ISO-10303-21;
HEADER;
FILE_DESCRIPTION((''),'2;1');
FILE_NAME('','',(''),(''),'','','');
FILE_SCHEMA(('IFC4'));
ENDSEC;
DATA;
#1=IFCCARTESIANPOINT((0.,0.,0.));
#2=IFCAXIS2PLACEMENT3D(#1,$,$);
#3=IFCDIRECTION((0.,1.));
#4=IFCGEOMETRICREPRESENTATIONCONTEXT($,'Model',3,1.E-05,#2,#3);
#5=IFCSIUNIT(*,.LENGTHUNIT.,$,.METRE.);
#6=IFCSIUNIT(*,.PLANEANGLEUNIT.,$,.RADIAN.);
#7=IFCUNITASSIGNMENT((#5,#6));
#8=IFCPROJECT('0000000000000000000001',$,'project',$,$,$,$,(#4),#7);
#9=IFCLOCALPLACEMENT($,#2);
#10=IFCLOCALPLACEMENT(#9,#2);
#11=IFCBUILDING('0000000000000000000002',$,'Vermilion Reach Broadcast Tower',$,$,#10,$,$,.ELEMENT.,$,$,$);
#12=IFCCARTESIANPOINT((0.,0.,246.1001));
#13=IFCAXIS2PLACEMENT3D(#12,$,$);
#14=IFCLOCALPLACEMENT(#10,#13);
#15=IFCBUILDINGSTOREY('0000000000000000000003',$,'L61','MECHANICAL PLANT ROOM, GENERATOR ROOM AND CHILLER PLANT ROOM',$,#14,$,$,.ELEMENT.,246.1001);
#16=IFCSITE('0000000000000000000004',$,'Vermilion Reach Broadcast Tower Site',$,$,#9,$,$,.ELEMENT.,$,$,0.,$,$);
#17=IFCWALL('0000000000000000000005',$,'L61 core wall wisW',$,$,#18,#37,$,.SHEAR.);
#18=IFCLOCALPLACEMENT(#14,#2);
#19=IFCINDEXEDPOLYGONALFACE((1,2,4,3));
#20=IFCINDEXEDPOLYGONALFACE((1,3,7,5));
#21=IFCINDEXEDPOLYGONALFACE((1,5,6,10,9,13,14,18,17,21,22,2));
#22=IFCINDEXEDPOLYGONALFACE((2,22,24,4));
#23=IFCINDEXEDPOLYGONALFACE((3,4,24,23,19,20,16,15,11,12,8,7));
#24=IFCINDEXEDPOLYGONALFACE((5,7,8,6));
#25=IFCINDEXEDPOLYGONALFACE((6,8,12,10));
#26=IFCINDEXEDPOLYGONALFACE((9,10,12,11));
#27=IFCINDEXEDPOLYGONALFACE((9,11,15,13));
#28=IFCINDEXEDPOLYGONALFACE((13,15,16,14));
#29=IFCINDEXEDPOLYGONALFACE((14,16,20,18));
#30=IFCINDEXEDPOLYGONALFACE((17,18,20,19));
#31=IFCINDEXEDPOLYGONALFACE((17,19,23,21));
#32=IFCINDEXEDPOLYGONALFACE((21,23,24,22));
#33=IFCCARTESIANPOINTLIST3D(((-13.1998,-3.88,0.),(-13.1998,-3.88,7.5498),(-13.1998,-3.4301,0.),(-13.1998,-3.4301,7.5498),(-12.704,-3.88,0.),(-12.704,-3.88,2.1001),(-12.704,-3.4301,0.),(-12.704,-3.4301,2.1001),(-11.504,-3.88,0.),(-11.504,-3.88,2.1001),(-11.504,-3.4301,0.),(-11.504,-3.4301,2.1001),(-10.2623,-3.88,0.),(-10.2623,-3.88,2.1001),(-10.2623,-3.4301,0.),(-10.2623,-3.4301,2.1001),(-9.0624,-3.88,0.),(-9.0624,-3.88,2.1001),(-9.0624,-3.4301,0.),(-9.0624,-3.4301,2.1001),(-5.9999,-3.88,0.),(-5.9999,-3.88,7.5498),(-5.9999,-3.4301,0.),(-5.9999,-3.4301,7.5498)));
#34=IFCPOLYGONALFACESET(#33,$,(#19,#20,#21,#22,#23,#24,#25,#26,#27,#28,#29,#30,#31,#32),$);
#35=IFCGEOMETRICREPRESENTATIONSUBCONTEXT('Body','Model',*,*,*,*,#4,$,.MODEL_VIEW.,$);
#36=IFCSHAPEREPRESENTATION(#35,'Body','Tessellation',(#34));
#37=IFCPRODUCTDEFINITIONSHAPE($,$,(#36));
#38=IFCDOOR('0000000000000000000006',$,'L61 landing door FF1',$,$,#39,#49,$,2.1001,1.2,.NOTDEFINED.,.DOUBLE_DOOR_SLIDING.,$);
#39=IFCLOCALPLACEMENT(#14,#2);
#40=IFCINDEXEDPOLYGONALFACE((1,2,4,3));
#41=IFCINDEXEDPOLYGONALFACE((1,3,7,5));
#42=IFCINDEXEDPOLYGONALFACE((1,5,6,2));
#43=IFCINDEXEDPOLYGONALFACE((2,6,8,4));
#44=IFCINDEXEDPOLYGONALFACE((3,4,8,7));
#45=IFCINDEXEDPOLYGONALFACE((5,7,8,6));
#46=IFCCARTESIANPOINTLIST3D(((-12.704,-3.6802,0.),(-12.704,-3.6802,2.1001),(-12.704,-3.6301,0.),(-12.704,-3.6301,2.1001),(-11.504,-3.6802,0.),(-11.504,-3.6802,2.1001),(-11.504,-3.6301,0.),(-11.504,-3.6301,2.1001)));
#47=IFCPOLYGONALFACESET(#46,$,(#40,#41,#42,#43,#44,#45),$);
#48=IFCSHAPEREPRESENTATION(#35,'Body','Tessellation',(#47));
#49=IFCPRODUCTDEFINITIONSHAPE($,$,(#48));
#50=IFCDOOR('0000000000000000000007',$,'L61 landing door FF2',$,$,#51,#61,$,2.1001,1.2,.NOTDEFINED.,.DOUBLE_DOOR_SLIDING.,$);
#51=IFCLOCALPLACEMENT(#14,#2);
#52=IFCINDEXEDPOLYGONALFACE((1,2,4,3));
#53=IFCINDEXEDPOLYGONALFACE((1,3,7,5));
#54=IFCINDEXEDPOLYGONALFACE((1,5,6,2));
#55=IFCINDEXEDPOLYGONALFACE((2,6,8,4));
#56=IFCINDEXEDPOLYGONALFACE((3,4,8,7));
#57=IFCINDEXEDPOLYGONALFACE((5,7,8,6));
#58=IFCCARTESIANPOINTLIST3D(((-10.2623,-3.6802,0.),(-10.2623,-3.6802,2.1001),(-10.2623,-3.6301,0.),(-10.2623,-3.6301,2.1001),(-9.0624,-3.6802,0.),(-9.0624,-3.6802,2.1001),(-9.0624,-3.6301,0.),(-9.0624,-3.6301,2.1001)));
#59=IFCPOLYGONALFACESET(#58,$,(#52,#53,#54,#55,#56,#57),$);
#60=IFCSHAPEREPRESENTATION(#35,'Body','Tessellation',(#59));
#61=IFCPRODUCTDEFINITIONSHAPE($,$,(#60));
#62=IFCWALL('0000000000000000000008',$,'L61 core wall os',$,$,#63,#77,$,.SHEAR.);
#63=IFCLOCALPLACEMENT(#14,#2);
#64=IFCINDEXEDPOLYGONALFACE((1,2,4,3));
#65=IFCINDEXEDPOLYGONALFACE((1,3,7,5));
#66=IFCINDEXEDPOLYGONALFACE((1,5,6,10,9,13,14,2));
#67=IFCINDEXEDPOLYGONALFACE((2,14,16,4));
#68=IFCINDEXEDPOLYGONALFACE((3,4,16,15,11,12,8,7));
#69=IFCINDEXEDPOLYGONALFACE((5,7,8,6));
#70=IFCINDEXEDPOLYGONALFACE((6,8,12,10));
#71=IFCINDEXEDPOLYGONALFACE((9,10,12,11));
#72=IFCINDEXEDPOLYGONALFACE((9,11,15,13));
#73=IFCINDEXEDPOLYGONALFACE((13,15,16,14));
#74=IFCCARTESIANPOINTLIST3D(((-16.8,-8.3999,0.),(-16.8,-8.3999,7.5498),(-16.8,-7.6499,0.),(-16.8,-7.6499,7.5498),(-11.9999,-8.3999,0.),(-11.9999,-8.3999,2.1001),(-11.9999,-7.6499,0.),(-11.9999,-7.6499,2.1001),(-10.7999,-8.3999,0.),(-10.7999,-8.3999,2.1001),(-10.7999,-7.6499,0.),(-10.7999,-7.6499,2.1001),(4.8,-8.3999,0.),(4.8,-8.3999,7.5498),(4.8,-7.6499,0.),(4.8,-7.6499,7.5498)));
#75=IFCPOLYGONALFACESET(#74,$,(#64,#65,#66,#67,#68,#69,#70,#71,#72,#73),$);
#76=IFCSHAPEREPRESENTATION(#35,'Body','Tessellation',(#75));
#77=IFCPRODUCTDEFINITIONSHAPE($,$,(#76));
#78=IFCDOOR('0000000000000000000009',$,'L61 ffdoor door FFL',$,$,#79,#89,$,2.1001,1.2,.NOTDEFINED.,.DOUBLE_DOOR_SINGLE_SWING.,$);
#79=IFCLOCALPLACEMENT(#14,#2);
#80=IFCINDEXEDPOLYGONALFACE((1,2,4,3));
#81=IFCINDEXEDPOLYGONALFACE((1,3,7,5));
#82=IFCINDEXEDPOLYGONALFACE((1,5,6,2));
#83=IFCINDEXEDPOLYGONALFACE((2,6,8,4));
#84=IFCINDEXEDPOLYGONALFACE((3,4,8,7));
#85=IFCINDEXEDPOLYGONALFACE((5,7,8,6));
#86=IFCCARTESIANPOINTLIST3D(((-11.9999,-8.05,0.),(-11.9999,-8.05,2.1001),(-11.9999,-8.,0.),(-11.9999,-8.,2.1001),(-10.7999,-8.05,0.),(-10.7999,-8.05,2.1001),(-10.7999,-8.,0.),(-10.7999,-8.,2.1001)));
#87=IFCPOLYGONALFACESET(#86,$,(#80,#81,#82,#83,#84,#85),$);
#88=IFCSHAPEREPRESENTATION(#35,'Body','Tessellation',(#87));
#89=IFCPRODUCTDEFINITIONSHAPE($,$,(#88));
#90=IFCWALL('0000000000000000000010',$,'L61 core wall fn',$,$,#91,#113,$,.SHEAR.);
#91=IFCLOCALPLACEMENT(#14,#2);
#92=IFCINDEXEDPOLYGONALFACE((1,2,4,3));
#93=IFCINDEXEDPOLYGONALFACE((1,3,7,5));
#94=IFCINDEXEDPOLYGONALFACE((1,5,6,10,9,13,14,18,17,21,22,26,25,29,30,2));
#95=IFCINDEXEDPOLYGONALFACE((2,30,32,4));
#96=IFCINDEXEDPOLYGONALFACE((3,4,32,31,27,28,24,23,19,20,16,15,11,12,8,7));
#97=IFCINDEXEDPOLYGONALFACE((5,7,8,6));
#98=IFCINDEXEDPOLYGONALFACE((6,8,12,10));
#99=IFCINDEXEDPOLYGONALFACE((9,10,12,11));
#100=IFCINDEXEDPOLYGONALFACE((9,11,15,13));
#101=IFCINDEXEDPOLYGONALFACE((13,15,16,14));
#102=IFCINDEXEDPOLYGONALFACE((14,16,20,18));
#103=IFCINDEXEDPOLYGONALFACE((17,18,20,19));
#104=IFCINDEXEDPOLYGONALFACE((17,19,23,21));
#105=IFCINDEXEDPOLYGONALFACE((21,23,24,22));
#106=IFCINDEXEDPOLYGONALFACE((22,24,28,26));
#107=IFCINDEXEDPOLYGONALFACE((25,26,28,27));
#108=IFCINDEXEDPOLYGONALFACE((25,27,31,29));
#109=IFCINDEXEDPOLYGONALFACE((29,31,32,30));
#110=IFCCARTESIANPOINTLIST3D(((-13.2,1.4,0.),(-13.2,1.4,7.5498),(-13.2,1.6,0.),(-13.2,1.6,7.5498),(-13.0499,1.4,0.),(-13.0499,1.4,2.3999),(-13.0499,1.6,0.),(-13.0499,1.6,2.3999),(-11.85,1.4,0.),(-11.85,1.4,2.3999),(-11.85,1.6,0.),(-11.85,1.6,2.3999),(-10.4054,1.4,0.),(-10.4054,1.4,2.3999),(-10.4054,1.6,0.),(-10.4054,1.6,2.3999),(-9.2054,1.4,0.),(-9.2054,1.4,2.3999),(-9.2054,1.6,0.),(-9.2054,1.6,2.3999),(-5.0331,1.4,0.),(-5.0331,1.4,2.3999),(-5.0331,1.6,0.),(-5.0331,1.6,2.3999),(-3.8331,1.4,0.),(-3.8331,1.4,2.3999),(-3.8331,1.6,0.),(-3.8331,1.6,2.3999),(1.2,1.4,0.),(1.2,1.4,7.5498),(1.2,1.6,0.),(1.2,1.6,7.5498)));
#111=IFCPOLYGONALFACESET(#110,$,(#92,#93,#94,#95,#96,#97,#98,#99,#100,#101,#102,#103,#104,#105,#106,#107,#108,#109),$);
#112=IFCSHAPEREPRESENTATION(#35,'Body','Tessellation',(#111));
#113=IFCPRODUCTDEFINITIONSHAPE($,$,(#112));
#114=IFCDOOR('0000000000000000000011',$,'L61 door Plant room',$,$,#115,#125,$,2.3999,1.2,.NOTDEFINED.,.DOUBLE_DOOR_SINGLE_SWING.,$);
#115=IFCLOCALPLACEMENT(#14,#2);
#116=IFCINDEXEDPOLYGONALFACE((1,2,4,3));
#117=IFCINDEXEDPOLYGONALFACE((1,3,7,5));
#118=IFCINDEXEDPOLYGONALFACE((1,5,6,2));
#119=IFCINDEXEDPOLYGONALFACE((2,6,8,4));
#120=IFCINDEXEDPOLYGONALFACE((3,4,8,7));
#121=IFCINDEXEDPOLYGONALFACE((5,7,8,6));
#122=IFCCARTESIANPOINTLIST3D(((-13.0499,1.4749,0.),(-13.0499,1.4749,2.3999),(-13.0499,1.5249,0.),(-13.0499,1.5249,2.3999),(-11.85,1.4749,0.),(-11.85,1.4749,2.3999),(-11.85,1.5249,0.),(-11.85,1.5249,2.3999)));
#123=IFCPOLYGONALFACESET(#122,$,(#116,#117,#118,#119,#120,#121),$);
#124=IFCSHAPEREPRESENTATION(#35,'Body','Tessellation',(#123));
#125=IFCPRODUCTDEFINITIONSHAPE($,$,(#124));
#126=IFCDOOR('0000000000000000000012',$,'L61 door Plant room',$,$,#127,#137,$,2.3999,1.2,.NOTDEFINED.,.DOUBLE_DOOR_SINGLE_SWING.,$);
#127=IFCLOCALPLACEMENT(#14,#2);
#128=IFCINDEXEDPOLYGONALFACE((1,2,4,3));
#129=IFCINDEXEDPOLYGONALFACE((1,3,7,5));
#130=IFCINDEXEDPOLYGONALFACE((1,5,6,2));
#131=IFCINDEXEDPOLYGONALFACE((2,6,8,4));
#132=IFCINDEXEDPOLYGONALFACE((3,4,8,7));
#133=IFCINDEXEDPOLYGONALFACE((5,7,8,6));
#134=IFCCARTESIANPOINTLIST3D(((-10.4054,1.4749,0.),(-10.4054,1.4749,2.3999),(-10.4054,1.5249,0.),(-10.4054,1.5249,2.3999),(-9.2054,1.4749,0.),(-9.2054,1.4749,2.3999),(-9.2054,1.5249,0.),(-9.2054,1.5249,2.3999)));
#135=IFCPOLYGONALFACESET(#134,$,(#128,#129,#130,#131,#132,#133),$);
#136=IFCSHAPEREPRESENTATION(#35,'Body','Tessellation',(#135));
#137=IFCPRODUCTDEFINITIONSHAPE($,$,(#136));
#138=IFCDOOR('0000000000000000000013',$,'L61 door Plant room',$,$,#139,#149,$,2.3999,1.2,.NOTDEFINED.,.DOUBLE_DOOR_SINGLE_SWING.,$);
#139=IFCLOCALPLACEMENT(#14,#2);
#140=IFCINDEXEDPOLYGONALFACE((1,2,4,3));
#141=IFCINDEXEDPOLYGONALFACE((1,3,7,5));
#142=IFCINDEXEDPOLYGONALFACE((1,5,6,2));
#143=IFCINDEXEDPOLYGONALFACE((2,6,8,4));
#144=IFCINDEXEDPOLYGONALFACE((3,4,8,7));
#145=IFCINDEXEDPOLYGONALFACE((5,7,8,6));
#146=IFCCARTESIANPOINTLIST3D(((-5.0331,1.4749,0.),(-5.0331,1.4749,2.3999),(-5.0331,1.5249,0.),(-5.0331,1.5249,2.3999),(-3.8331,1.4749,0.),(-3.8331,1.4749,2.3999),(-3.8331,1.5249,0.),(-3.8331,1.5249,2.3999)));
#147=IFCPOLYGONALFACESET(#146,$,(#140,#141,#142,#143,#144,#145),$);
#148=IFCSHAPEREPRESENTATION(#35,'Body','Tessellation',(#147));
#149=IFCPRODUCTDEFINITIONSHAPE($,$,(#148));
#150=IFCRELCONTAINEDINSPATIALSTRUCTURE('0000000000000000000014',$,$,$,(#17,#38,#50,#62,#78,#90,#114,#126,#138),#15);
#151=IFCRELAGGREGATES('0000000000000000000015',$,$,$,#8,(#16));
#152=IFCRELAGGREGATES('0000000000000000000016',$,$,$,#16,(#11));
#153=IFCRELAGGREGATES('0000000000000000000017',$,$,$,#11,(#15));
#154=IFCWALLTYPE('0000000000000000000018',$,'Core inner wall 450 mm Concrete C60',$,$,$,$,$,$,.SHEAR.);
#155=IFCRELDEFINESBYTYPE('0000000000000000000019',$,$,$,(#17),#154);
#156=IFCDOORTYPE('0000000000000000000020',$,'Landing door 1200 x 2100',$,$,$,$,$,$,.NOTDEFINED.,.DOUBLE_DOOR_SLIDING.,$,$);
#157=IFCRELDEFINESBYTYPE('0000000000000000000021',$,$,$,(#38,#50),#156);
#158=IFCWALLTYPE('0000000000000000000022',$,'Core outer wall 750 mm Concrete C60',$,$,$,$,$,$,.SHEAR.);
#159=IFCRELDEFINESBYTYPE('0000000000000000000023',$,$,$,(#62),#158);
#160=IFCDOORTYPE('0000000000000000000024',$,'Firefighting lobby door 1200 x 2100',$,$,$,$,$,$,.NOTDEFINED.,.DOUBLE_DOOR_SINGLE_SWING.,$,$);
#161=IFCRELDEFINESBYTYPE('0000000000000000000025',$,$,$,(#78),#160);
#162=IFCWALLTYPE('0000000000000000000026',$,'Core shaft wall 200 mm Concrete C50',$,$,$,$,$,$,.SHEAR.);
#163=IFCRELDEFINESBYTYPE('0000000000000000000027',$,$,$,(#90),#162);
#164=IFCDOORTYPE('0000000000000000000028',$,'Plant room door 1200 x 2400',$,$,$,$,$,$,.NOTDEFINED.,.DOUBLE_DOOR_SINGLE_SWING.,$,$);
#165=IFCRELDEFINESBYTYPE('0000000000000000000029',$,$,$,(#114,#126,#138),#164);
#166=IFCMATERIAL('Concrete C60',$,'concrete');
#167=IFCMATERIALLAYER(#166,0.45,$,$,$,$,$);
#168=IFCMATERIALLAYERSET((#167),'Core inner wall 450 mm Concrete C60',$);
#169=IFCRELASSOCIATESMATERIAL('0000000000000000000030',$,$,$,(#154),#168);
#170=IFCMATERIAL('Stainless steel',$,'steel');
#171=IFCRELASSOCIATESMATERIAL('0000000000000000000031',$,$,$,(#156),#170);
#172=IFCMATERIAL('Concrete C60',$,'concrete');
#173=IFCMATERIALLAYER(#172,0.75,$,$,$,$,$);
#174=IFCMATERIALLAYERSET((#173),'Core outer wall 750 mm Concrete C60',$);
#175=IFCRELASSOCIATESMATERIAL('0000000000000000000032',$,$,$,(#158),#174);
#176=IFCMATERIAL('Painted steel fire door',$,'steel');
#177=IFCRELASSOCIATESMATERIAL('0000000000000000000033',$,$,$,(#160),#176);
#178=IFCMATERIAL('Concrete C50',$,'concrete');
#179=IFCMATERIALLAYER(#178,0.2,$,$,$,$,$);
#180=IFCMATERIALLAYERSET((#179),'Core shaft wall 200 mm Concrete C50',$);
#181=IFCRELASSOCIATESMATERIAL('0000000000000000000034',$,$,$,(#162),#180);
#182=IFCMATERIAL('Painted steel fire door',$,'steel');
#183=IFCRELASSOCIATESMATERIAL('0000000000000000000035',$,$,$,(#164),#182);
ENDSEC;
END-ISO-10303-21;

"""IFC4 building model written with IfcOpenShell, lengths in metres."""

from ifc_helpers import new_model, si_unit, direction, frame, frame_2d, origin, place, context, subcontext, project, spatial, rectangle, extrude, material, layer, layer_set, type_object, element, fill, save


model = new_model("IFC4")

# Units and contexts
model_context = context("Model", 3, precision=1e-05, world=origin(), true_north=direction((0.0, 1.0)))
body_context = subcontext(model_context, "Body", "Model", "MODEL_VIEW")
ifc_project = project(units=[si_unit("LENGTHUNIT", "METRE"), si_unit("PLANEANGLEUNIT", "RADIAN")], contexts=[model_context])

# Site, building, storey
site_placement = place(None, origin())
site = spatial("IfcSite", under=ifc_project, at=site_placement, Name="Vermilion Reach Broadcast Tower Site", CompositionType="ELEMENT", RefElevation=0.0)
building_placement = place(site_placement, origin())
building = spatial("IfcBuilding", under=site, at=building_placement, Name="Vermilion Reach Broadcast Tower", CompositionType="ELEMENT")
storey_placement = place(building_placement, frame((0.0, 0.0, 246.1001)))
storey = spatial("IfcBuildingStorey", under=building, at=storey_placement, Name="L61", Description="MECHANICAL PLANT ROOM, GENERATOR ROOM AND CHILLER PLANT ROOM", CompositionType="ELEMENT", Elevation=246.1001)

# Wall, openings, doors
ifc_material_1 = material(Name="Concrete C60", Category="concrete")
ifc_layer_1 = layer(ifc_material_1, 0.45)
ifc_layer_set_1 = layer_set([ifc_layer_1], Name="Core inner wall 450 mm Concrete C60")
wall_type_1 = type_object("IfcWallType", Name="Core inner wall 450 mm Concrete C60", PredefinedType="SHEAR", material=ifc_layer_set_1)
wall_1_placement = place(storey_placement, frame((-13.2, -3.655, 0.0), z_axis=(0.0, 0.0, 1.0), x_axis=(1.0, 0.0, 0.0)))
wall_1 = element("IfcWall", 1, at=wall_1_placement, inside=storey, type_object=wall_type_1, Name="L61 core wall wisW", PredefinedType="SHEAR", context=body_context, shape_type="SweptSolid", body=[
    extrude(rectangle(XDim=7.2, YDim=0.45, at=frame_2d((3.6001, 0.0))), origin(), (0.0, 0.0, 1.0), 7.5498),
])
opening_1_placement = place(wall_1_placement, frame((0.4958, 0.0, 0.0)))
opening_1 = element("IfcOpeningElement", 2, at=opening_1_placement, cuts=wall_1, PredefinedType="OPENING", context=body_context, shape_type="SweptSolid", body=[
    extrude(rectangle(XDim=1.2, YDim=2.1001, at=frame_2d((0.6001, 1.05))), frame((0.0, 0.2349, 0.0), z_axis=(0.0, -1.0, 0.0), x_axis=(1.0, 0.0, 0.0)), (0.0, 0.0, 1.0), 0.47),
])
opening_2_placement = place(wall_1_placement, frame((2.9375, 0.0, 0.0)))
opening_2 = element("IfcOpeningElement", 3, at=opening_2_placement, cuts=wall_1, PredefinedType="OPENING", context=body_context, shape_type="SweptSolid", body=[
    extrude(rectangle(XDim=1.2, YDim=2.1001, at=frame_2d((0.6001, 1.05))), frame((0.0, 0.2349, 0.0), z_axis=(0.0, -1.0, 0.0), x_axis=(1.0, 0.0, 0.0)), (0.0, 0.0, 1.0), 0.47),
])
ifc_material_2 = material(Name="Stainless steel", Category="steel")
door_type_1 = type_object("IfcDoorType", Name="Landing door 1200 x 2100", OperationType="DOUBLE_DOOR_SLIDING", PredefinedType="NOTDEFINED", material=ifc_material_2)
door_1_placement = place(opening_1_placement, origin())
door_1 = element("IfcDoor", 4, at=door_1_placement, inside=storey, type_object=door_type_1, Name="L61 landing door FF1", OperationType="DOUBLE_DOOR_SLIDING", OverallHeight=2.1001, OverallWidth=1.2, PredefinedType="NOTDEFINED", context=body_context, shape_type="SweptSolid", body=[
    extrude(rectangle(XDim=1.2, YDim=2.1001, at=frame_2d((0.6001, 1.05))), frame((0.0, 0.0249, 0.0), z_axis=(0.0, -1.0, 0.0), x_axis=(1.0, 0.0, 0.0)), (0.0, 0.0, 1.0), 0.05),
])
fill(opening_1, door_1)
door_2_placement = place(opening_2_placement, origin())
door_2 = element("IfcDoor", 5, at=door_2_placement, inside=storey, type_object=door_type_1, Name="L61 landing door FF2", OperationType="DOUBLE_DOOR_SLIDING", OverallHeight=2.1001, OverallWidth=1.2, PredefinedType="NOTDEFINED", context=body_context, shape_type="SweptSolid", body=[
    extrude(rectangle(XDim=1.2, YDim=2.1001, at=frame_2d((0.6001, 1.05))), frame((0.0, 0.0249, 0.0), z_axis=(0.0, -1.0, 0.0), x_axis=(1.0, 0.0, 0.0)), (0.0, 0.0, 1.0), 0.05),
])
fill(opening_2, door_2)

# Wall, opening, door
ifc_material_3 = material(Name="Concrete C60", Category="concrete")
ifc_layer_2 = layer(ifc_material_3, 0.75)
ifc_layer_set_2 = layer_set([ifc_layer_2], Name="Core outer wall 750 mm Concrete C60")
wall_type_2 = type_object("IfcWallType", Name="Core outer wall 750 mm Concrete C60", PredefinedType="SHEAR", material=ifc_layer_set_2)
wall_2_placement = place(storey_placement, frame((-16.8, -8.0249, 0.0), z_axis=(0.0, 0.0, 1.0), x_axis=(1.0, 0.0, 0.0)))
wall_2 = element("IfcWall", 6, at=wall_2_placement, inside=storey, type_object=wall_type_2, Name="L61 core wall os", PredefinedType="SHEAR", context=body_context, shape_type="SweptSolid", body=[
    extrude(rectangle(XDim=21.6001, YDim=0.75, at=frame_2d((10.8, 0.0))), origin(), (0.0, 0.0, 1.0), 7.5498),
])
opening_3_placement = place(wall_2_placement, frame((4.8, 0.0, 0.0)))
opening_3 = element("IfcOpeningElement", 7, at=opening_3_placement, cuts=wall_2, PredefinedType="OPENING", context=body_context, shape_type="SweptSolid", body=[
    extrude(rectangle(XDim=1.2, YDim=2.1001, at=frame_2d((0.6001, 1.05))), frame((0.0, 0.385, 0.0), z_axis=(0.0, -1.0, 0.0), x_axis=(1.0, 0.0, 0.0)), (0.0, 0.0, 1.0), 0.77),
])
ifc_material_4 = material(Name="Painted steel fire door", Category="steel")
door_type_2 = type_object("IfcDoorType", Name="Firefighting lobby door 1200 x 2100", OperationType="DOUBLE_DOOR_SINGLE_SWING", PredefinedType="NOTDEFINED", material=ifc_material_4)
door_3_placement = place(opening_3_placement, origin())
door_3 = element("IfcDoor", 8, at=door_3_placement, inside=storey, type_object=door_type_2, Name="L61 ffdoor door FFL", OperationType="DOUBLE_DOOR_SINGLE_SWING", OverallHeight=2.1001, OverallWidth=1.2, PredefinedType="NOTDEFINED", context=body_context, shape_type="SweptSolid", body=[
    extrude(rectangle(XDim=1.2, YDim=2.1001, at=frame_2d((0.6001, 1.05))), frame((0.0, 0.0249, 0.0), z_axis=(0.0, -1.0, 0.0), x_axis=(1.0, 0.0, 0.0)), (0.0, 0.0, 1.0), 0.05),
])
fill(opening_3, door_3)

# Wall, openings, doors
ifc_material_5 = material(Name="Concrete C50", Category="concrete")
ifc_layer_3 = layer(ifc_material_5, 0.2)
ifc_layer_set_3 = layer_set([ifc_layer_3], Name="Core shaft wall 200 mm Concrete C50")
wall_type_3 = type_object("IfcWallType", Name="Core shaft wall 200 mm Concrete C50", PredefinedType="SHEAR", material=ifc_layer_set_3)
wall_3_placement = place(storey_placement, frame((-13.2, 1.5, 0.0), z_axis=(0.0, 0.0, 1.0), x_axis=(1.0, 0.0, 0.0)))
wall_3 = element("IfcWall", 9, at=wall_3_placement, inside=storey, type_object=wall_type_3, Name="L61 core wall fn", PredefinedType="SHEAR", context=body_context, shape_type="SweptSolid", body=[
    extrude(rectangle(XDim=14.3999, YDim=0.2, at=frame_2d((7.2, 0.0))), origin(), (0.0, 0.0, 1.0), 7.5498),
])
opening_4_placement = place(wall_3_placement, frame((0.1499, 0.0, 0.0)))
opening_4 = element("IfcOpeningElement", 10, at=opening_4_placement, cuts=wall_3, PredefinedType="OPENING", context=body_context, shape_type="SweptSolid", body=[
    extrude(rectangle(XDim=1.2, YDim=2.3999, at=frame_2d((0.6001, 1.2))), frame((0.0, 0.1099, 0.0), z_axis=(0.0, -1.0, 0.0), x_axis=(1.0, 0.0, 0.0)), (0.0, 0.0, 1.0), 0.22),
])
opening_5_placement = place(wall_3_placement, frame((2.7944, 0.0, 0.0)))
opening_5 = element("IfcOpeningElement", 11, at=opening_5_placement, cuts=wall_3, PredefinedType="OPENING", context=body_context, shape_type="SweptSolid", body=[
    extrude(rectangle(XDim=1.2, YDim=2.3999, at=frame_2d((0.6001, 1.2))), frame((0.0, 0.1099, 0.0), z_axis=(0.0, -1.0, 0.0), x_axis=(1.0, 0.0, 0.0)), (0.0, 0.0, 1.0), 0.22),
])
opening_6_placement = place(wall_3_placement, frame((8.1667, 0.0, 0.0)))
opening_6 = element("IfcOpeningElement", 12, at=opening_6_placement, cuts=wall_3, PredefinedType="OPENING", context=body_context, shape_type="SweptSolid", body=[
    extrude(rectangle(XDim=1.2, YDim=2.3999, at=frame_2d((0.6001, 1.2))), frame((0.0, 0.1099, 0.0), z_axis=(0.0, -1.0, 0.0), x_axis=(1.0, 0.0, 0.0)), (0.0, 0.0, 1.0), 0.22),
])
ifc_material_6 = material(Name="Painted steel fire door", Category="steel")
door_type_3 = type_object("IfcDoorType", Name="Plant room door 1200 x 2400", OperationType="DOUBLE_DOOR_SINGLE_SWING", PredefinedType="NOTDEFINED", material=ifc_material_6)
door_4_placement = place(opening_4_placement, origin())
door_4 = element("IfcDoor", 13, at=door_4_placement, inside=storey, type_object=door_type_3, Name="L61 door Plant room", OperationType="DOUBLE_DOOR_SINGLE_SWING", OverallHeight=2.3999, OverallWidth=1.2, PredefinedType="NOTDEFINED", context=body_context, shape_type="SweptSolid", body=[
    extrude(rectangle(XDim=1.2, YDim=2.3999, at=frame_2d((0.6001, 1.2))), frame((0.0, 0.0249, 0.0), z_axis=(0.0, -1.0, 0.0), x_axis=(1.0, 0.0, 0.0)), (0.0, 0.0, 1.0), 0.05),
])
fill(opening_4, door_4)
door_5_placement = place(opening_5_placement, origin())
door_5 = element("IfcDoor", 14, at=door_5_placement, inside=storey, type_object=door_type_3, Name="L61 door Plant room", OperationType="DOUBLE_DOOR_SINGLE_SWING", OverallHeight=2.3999, OverallWidth=1.2, PredefinedType="NOTDEFINED", context=body_context, shape_type="SweptSolid", body=[
    extrude(rectangle(XDim=1.2, YDim=2.3999, at=frame_2d((0.6001, 1.2))), frame((0.0, 0.0249, 0.0), z_axis=(0.0, -1.0, 0.0), x_axis=(1.0, 0.0, 0.0)), (0.0, 0.0, 1.0), 0.05),
])
fill(opening_5, door_5)
door_6_placement = place(opening_6_placement, origin())
door_6 = element("IfcDoor", 15, at=door_6_placement, inside=storey, type_object=door_type_3, Name="L61 door Plant room", OperationType="DOUBLE_DOOR_SINGLE_SWING", OverallHeight=2.3999, OverallWidth=1.2, PredefinedType="NOTDEFINED", context=body_context, shape_type="SweptSolid", body=[
    extrude(rectangle(XDim=1.2, YDim=2.3999, at=frame_2d((0.6001, 1.2))), frame((0.0, 0.0249, 0.0), z_axis=(0.0, -1.0, 0.0), x_axis=(1.0, 0.0, 0.0)), (0.0, 0.0, 1.0), 0.05),
])
fill(opening_6, door_6)

save(model, "model.ifc")
